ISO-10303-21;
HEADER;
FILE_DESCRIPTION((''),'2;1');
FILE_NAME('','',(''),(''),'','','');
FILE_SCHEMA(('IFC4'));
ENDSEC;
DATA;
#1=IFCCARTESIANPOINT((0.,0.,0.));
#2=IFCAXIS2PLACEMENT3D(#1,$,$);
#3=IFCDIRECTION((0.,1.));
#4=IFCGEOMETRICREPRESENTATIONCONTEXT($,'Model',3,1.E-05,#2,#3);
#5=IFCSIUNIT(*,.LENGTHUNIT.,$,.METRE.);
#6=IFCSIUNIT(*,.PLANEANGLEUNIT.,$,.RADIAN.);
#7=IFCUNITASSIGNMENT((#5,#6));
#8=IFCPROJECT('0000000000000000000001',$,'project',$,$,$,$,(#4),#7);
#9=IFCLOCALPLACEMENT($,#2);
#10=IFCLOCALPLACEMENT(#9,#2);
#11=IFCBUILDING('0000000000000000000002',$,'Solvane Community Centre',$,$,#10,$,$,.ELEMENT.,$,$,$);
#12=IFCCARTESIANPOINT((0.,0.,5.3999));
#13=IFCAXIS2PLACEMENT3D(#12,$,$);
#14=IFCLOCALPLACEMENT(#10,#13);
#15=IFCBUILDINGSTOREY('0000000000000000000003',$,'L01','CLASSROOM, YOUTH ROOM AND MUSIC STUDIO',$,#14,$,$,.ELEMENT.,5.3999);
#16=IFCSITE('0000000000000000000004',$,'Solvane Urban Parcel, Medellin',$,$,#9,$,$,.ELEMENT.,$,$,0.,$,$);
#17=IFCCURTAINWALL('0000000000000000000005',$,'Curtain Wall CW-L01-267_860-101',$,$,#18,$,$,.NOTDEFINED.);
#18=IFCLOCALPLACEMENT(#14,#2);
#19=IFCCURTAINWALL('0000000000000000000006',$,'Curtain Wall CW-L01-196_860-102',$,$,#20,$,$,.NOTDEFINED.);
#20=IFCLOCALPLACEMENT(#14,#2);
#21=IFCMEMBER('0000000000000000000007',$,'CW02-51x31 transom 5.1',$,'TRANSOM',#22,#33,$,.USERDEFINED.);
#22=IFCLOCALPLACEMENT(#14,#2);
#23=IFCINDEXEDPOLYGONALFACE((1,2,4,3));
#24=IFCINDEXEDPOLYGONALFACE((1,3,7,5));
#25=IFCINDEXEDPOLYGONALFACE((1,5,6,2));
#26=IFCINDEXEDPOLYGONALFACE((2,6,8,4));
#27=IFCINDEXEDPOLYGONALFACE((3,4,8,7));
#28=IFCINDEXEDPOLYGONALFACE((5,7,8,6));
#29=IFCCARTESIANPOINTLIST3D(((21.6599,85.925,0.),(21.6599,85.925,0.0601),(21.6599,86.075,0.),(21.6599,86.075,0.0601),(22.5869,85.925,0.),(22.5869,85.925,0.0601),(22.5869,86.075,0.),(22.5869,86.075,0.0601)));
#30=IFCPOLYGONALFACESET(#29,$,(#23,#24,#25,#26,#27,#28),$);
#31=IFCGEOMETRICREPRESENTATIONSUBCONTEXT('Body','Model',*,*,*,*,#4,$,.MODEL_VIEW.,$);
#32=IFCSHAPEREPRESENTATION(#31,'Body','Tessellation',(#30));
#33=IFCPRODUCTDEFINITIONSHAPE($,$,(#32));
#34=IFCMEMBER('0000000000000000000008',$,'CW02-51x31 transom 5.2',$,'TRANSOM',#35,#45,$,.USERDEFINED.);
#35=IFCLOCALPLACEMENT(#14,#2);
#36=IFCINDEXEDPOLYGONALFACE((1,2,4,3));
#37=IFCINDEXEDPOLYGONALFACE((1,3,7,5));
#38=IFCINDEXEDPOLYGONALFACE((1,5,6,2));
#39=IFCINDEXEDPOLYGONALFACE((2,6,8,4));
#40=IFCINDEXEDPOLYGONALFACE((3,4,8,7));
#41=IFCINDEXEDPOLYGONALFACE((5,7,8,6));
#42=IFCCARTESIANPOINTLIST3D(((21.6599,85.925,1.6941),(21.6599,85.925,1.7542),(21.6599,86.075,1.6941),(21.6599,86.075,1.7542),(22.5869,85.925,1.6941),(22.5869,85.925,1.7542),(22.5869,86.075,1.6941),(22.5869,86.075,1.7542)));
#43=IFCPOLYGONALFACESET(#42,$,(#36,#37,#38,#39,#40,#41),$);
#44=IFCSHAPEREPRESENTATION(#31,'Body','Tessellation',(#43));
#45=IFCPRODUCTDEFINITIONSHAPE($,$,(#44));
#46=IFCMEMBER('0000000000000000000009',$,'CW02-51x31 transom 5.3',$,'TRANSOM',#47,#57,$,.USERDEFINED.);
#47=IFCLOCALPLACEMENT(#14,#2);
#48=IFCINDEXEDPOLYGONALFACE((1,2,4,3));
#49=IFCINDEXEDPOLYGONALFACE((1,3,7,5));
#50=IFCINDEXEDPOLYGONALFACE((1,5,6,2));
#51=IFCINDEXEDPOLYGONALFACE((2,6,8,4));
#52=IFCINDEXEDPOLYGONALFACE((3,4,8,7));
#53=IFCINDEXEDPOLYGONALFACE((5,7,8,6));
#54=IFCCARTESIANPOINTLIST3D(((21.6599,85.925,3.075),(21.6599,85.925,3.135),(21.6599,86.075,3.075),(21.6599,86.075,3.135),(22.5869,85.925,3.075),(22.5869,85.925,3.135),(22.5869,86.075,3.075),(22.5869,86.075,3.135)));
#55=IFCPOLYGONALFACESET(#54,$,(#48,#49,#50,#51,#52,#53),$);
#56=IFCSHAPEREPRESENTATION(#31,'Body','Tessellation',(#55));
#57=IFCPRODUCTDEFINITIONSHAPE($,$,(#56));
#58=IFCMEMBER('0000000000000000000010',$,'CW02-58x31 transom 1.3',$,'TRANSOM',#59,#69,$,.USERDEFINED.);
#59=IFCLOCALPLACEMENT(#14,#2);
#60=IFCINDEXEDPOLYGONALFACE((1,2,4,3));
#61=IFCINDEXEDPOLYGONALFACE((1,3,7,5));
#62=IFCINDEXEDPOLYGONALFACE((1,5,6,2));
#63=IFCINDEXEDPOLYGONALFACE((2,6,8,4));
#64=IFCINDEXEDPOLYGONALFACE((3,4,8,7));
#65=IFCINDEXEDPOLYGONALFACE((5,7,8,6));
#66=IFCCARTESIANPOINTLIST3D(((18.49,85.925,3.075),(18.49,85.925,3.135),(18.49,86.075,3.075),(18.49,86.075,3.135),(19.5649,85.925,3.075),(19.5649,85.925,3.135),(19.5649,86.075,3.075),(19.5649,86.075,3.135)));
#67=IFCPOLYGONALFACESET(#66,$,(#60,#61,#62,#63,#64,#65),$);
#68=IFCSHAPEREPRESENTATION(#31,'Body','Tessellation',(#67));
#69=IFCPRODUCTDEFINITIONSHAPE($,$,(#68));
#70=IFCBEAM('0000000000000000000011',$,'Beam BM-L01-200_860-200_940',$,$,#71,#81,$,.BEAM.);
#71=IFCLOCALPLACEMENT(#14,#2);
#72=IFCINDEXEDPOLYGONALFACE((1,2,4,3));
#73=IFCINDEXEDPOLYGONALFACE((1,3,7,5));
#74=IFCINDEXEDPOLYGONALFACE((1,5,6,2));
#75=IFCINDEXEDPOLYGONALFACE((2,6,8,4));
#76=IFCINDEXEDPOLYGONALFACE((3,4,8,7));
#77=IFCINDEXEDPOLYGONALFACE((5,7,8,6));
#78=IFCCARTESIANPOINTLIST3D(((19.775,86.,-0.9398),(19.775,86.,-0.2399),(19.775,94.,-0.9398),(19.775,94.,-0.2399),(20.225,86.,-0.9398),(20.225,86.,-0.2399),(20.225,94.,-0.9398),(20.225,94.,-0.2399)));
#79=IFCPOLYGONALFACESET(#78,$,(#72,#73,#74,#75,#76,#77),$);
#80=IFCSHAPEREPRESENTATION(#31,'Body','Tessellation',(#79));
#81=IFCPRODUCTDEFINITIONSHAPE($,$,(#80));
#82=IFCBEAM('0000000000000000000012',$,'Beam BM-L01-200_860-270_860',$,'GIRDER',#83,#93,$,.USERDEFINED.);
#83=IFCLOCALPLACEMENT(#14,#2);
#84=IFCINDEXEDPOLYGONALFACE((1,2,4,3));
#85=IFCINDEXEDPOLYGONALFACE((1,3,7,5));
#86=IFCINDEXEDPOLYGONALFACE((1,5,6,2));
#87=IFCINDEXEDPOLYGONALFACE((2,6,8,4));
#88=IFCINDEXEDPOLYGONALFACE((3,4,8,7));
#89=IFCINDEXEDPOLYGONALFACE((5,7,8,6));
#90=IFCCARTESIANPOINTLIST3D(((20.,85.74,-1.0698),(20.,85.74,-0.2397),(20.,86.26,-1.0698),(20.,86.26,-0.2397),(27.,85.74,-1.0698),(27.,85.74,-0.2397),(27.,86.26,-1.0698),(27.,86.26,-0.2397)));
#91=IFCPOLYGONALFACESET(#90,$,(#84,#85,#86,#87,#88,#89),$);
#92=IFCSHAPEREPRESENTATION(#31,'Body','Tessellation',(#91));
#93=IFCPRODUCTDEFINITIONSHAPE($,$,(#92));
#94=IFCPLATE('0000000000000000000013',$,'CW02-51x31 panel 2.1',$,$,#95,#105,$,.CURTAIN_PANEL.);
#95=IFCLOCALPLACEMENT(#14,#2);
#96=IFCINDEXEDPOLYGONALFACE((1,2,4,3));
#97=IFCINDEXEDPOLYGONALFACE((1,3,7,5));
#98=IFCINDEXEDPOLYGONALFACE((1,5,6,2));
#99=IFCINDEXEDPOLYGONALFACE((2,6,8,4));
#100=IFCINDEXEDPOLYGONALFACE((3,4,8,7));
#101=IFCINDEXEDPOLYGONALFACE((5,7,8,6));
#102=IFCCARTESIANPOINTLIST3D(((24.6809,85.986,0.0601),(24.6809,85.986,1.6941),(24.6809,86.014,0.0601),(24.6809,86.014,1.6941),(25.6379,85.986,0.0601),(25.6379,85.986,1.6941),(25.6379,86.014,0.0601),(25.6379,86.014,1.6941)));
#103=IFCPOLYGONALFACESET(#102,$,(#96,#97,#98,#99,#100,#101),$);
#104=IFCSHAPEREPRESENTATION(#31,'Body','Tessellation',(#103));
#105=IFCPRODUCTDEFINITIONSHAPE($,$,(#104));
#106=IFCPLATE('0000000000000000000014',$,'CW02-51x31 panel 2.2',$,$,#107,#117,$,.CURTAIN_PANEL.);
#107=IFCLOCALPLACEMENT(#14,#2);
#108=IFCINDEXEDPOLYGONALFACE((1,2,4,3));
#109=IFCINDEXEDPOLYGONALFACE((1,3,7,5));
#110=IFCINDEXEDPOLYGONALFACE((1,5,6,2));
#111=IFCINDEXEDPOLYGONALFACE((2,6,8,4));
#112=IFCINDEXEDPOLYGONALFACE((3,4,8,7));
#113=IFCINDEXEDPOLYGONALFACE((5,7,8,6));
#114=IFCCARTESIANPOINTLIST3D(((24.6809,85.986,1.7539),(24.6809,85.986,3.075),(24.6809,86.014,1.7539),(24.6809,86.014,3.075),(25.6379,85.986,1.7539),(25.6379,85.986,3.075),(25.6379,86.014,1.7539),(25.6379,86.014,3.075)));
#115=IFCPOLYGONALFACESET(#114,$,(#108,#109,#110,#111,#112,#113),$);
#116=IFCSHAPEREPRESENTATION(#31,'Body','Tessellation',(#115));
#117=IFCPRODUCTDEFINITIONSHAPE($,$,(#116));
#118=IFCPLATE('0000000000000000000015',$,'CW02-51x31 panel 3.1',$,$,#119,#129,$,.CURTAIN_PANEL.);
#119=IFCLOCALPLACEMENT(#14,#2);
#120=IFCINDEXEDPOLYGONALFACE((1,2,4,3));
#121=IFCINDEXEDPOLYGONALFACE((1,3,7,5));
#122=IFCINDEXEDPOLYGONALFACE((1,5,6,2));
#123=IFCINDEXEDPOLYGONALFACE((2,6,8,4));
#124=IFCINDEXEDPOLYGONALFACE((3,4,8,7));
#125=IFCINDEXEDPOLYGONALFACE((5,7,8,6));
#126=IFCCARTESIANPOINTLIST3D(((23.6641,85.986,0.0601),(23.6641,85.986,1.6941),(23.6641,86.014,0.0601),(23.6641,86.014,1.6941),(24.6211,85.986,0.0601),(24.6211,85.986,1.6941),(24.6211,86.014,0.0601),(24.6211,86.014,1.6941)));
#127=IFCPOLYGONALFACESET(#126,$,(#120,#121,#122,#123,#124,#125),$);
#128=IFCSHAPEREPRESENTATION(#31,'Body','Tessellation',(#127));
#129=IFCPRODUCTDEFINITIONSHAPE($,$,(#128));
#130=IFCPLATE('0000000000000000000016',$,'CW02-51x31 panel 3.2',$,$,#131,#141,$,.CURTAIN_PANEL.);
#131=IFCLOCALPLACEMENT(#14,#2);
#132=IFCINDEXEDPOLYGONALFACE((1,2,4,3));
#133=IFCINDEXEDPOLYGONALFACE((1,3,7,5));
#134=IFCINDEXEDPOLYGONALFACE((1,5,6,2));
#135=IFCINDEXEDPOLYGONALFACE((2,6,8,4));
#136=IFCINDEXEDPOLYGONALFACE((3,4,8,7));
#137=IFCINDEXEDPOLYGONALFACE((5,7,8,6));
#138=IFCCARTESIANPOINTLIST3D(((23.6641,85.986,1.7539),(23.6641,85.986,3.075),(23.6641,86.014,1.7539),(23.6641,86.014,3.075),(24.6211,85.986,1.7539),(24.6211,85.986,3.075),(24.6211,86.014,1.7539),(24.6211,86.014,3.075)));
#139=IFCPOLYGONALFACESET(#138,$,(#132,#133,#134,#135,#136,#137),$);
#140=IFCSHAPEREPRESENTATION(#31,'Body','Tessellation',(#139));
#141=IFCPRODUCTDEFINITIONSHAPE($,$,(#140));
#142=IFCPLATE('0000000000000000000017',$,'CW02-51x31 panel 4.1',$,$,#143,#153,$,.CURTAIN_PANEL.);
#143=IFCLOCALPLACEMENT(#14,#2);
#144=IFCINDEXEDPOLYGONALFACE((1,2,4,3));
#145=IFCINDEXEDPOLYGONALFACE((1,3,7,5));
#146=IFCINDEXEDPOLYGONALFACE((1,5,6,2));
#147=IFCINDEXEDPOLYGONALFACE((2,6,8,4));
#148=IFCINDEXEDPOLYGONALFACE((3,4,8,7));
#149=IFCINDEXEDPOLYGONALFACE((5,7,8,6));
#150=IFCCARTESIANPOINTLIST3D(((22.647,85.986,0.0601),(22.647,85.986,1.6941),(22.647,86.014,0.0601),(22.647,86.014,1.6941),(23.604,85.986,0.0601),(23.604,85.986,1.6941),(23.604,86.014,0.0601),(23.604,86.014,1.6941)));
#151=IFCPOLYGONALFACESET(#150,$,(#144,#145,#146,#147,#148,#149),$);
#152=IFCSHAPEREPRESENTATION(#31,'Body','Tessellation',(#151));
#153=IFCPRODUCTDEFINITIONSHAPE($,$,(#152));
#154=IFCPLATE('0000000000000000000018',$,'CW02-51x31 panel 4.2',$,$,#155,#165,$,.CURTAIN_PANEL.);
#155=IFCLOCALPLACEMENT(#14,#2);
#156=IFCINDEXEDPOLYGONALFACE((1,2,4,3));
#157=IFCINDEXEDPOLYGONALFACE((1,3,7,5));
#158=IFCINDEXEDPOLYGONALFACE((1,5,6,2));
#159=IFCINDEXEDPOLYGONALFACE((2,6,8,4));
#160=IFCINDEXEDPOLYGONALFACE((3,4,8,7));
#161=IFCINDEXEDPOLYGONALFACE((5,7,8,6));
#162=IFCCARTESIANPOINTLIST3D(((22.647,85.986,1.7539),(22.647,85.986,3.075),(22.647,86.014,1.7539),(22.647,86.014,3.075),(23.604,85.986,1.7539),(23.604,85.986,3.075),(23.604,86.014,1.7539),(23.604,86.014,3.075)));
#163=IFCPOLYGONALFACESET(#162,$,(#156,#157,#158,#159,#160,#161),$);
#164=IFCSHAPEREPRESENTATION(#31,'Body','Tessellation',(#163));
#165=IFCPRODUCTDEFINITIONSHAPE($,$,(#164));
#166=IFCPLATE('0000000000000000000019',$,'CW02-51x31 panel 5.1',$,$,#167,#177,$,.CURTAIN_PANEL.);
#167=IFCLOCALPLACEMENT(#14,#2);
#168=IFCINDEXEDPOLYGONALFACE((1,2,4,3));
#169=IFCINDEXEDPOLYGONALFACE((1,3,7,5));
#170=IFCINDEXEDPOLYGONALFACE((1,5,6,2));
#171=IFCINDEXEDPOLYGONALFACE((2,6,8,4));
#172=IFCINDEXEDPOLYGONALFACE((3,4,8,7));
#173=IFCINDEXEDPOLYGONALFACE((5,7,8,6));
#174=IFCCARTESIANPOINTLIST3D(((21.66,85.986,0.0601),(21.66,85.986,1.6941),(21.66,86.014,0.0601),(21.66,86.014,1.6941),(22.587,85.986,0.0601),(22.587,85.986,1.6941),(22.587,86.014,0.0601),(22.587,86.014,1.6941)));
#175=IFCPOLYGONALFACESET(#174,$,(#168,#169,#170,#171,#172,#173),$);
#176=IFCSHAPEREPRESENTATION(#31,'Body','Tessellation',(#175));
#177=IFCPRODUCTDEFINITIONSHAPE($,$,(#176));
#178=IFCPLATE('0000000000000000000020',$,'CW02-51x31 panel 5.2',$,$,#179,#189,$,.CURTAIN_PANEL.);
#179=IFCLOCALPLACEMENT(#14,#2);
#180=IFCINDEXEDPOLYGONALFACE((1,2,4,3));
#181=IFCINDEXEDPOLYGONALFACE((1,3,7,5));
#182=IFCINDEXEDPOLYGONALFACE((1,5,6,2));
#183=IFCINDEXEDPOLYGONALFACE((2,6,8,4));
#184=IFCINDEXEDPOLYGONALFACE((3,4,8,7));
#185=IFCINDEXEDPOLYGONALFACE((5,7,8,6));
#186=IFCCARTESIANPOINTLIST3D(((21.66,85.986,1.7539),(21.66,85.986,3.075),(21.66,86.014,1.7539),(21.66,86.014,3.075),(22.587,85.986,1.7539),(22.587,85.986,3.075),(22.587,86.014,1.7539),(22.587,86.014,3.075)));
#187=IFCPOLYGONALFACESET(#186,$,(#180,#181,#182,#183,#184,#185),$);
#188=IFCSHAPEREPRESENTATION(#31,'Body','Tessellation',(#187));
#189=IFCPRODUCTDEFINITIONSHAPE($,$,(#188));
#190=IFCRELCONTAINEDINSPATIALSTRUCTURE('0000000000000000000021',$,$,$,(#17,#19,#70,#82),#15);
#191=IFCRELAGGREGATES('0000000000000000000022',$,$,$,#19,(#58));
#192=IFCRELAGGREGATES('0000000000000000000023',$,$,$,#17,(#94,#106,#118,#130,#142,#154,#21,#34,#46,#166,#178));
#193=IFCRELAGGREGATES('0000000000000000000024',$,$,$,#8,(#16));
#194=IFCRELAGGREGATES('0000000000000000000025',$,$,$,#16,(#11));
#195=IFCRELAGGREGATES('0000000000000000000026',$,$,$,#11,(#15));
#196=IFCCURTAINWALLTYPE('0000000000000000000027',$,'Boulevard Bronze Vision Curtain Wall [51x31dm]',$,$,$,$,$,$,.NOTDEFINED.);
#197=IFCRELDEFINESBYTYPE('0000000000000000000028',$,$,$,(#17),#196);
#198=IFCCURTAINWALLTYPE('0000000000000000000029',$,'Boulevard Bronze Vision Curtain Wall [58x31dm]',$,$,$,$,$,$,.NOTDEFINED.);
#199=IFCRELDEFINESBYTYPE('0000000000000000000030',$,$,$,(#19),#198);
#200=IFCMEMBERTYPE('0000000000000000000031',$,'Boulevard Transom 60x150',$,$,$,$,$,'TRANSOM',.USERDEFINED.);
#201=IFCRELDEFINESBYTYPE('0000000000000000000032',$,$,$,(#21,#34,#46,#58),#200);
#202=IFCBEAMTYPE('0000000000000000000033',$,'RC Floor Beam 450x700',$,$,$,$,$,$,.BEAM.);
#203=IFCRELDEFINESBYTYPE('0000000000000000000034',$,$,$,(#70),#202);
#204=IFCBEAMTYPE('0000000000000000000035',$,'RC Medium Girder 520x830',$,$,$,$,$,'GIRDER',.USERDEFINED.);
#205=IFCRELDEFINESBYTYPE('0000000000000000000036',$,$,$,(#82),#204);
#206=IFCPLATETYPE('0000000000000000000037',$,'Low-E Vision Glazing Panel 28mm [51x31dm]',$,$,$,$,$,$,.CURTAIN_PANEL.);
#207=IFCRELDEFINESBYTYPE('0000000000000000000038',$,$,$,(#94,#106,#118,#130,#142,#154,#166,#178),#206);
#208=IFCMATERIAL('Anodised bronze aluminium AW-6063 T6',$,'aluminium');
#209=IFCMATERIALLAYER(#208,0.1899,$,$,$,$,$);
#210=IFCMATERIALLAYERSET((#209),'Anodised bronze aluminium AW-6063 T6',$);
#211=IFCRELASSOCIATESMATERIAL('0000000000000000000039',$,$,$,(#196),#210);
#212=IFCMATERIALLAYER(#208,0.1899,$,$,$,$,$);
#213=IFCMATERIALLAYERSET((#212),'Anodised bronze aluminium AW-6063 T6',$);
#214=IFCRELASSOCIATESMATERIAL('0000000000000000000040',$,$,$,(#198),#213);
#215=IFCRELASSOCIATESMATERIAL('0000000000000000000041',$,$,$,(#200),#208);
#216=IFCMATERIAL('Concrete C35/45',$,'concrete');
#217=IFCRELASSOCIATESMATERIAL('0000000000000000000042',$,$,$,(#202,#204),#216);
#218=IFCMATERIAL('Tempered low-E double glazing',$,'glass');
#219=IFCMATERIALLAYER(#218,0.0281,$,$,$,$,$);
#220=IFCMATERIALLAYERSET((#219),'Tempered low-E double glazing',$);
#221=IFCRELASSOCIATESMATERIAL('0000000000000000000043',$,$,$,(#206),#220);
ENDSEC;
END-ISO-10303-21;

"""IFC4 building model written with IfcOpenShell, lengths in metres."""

from ifc_helpers import new_model, si_unit, direction, frame, origin, origin_2d, place, context, subcontext, project, spatial, rectangle, extrude, material, layer, layer_set, material_profile, profile_set, type_object, element, aggregate, save


model = new_model("IFC4")

# Units and contexts
model_context = context("Model", 3, precision=1e-05, world=origin(), true_north=direction((0.0, 1.0)))
body_context = subcontext(model_context, "Body", "Model", "MODEL_VIEW")
ifc_project = project(units=[si_unit("LENGTHUNIT", "METRE"), si_unit("PLANEANGLEUNIT", "RADIAN")], contexts=[model_context])

# Site, building, storey
site_placement = place(None, origin())
site = spatial("IfcSite", under=ifc_project, at=site_placement, Name="Solvane Urban Parcel, Medellin", CompositionType="ELEMENT", RefElevation=0.0)
building_placement = place(site_placement, origin())
building = spatial("IfcBuilding", under=site, at=building_placement, Name="Solvane Community Centre", CompositionType="ELEMENT")
storey_placement = place(building_placement, frame((0.0, 0.0, 5.3999)))
storey = spatial("IfcBuildingStorey", under=building, at=storey_placement, Name="L01", Description="CLASSROOM, YOUTH ROOM AND MUSIC STUDIO", CompositionType="ELEMENT", Elevation=5.3999)

# Shared definitions
ifc_material_1 = material(Name="Concrete C35/45", Category="concrete")

# Curtain wall
ifc_material_2 = material(Name="Anodised bronze aluminium AW-6063 T6", Category="aluminium")
ifc_layer_1 = layer(ifc_material_2, 0.1899)
ifc_layer_set_1 = layer_set([ifc_layer_1], Name="Anodised bronze aluminium AW-6063 T6")
curtain_wall_type_1 = type_object("IfcCurtainWallType", Name="Boulevard Bronze Vision Curtain Wall [51x31dm]", PredefinedType="NOTDEFINED", material=ifc_layer_set_1)
curtain_wall_1_placement = place(storey_placement, origin())
curtain_wall_1 = element("IfcCurtainWall", 1, at=curtain_wall_1_placement, inside=storey, type_object=curtain_wall_type_1, Name="Curtain Wall CW-L01-267_860-101", PredefinedType="NOTDEFINED")

# Curtain wall
ifc_layer_2 = layer(ifc_material_2, 0.1899)
ifc_layer_set_2 = layer_set([ifc_layer_2], Name="Anodised bronze aluminium AW-6063 T6")
curtain_wall_type_2 = type_object("IfcCurtainWallType", Name="Boulevard Bronze Vision Curtain Wall [58x31dm]", PredefinedType="NOTDEFINED", material=ifc_layer_set_2)
curtain_wall_2_placement = place(storey_placement, origin())
curtain_wall_2 = element("IfcCurtainWall", 2, at=curtain_wall_2_placement, inside=storey, type_object=curtain_wall_type_2, Name="Curtain Wall CW-L01-196_860-102", PredefinedType="NOTDEFINED")

# Members
ifc_material_profile_1 = material_profile(ifc_material_2, rectangle(XDim=0.1499, YDim=0.0601, at=origin_2d()), Name="CW-T 60x150")
ifc_profile_set_1 = profile_set([ifc_material_profile_1], Name="Anodised bronze aluminium AW-6063 T6")
member_type_1 = type_object("IfcMemberType", Name="Boulevard Transom 60x150", ElementType="TRANSOM", PredefinedType="USERDEFINED", material=ifc_profile_set_1)
member_1_placement = place(storey_placement, frame((22.5869, 86.0, 0.03), z_axis=(-1.0, 0.0, 0.0), x_axis=(0.0, -1.0, 0.0)))
member_1 = element("IfcMember", 3, at=member_1_placement, type_object=member_type_1, Name="CW02-51x31 transom 5.1", ObjectType="TRANSOM", PredefinedType="USERDEFINED", context=body_context, shape_type="SweptSolid", body=[
    extrude(rectangle(XDim=0.1499, YDim=0.0601, at=origin_2d()), origin(), (0.0, 0.0, 1.0), 0.927),
])
member_2_placement = place(storey_placement, frame((22.5869, 86.0, 1.7241), z_axis=(-1.0, 0.0, 0.0), x_axis=(0.0, -1.0, 0.0)))
member_2 = element("IfcMember", 4, at=member_2_placement, type_object=member_type_1, Name="CW02-51x31 transom 5.2", ObjectType="TRANSOM", PredefinedType="USERDEFINED", context=body_context, shape_type="SweptSolid", body=[
    extrude(rectangle(XDim=0.1499, YDim=0.0601, at=origin_2d()), origin(), (0.0, 0.0, 1.0), 0.927),
])
member_3_placement = place(storey_placement, frame((22.5869, 86.0, 3.105), z_axis=(-1.0, 0.0, 0.0), x_axis=(0.0, -1.0, 0.0)))
member_3 = element("IfcMember", 5, at=member_3_placement, type_object=member_type_1, Name="CW02-51x31 transom 5.3", ObjectType="TRANSOM", PredefinedType="USERDEFINED", context=body_context, shape_type="SweptSolid", body=[
    extrude(rectangle(XDim=0.1499, YDim=0.0601, at=origin_2d()), origin(), (0.0, 0.0, 1.0), 0.927),
])
member_4_placement = place(storey_placement, frame((19.5649, 86.0, 3.105), z_axis=(-1.0, 0.0, 0.0), x_axis=(0.0, -1.0, 0.0)))
member_4 = element("IfcMember", 6, at=member_4_placement, type_object=member_type_1, Name="CW02-58x31 transom 1.3", ObjectType="TRANSOM", PredefinedType="USERDEFINED", context=body_context, shape_type="SweptSolid", body=[
    extrude(rectangle(XDim=0.1499, YDim=0.0601, at=origin_2d()), origin(), (0.0, 0.0, 1.0), 1.075),
])
aggregate(curtain_wall_2, [member_4])

# Beams
ifc_material_profile_2 = material_profile(ifc_material_1, rectangle(XDim=0.45, YDim=0.7, at=origin_2d()), Name="RC 450x700")
ifc_profile_set_2 = profile_set([ifc_material_profile_2], Name="Concrete C35/45")
beam_type_1 = type_object("IfcBeamType", Name="RC Floor Beam 450x700", PredefinedType="BEAM", material=ifc_profile_set_2)
beam_1_placement = place(storey_placement, frame((20.0, 86.0, -0.5898), z_axis=(0.0, 1.0, 0.0), x_axis=(-1.0, 0.0, 0.0)))
element("IfcBeam", 7, at=beam_1_placement, inside=storey, type_object=beam_type_1, Name="Beam BM-L01-200_860-200_940", PredefinedType="BEAM", context=body_context, shape_type="SweptSolid", body=[
    extrude(rectangle(XDim=0.45, YDim=0.7, at=origin_2d()), origin(), (0.0, 0.0, 1.0), 8.0),
])
ifc_material_profile_3 = material_profile(ifc_material_1, rectangle(XDim=0.52, YDim=0.8301, at=origin_2d()), Name="RC 520x830")
ifc_profile_set_3 = profile_set([ifc_material_profile_3], Name="Concrete C35/45")
beam_type_2 = type_object("IfcBeamType", Name="RC Medium Girder 520x830", ElementType="GIRDER", PredefinedType="USERDEFINED", material=ifc_profile_set_3)
beam_2_placement = place(storey_placement, frame((20.0, 86.0, -0.6548), z_axis=(1.0, 0.0, 0.0), x_axis=(0.0, 1.0, 0.0)))
element("IfcBeam", 8, at=beam_2_placement, inside=storey, type_object=beam_type_2, Name="Beam BM-L01-200_860-270_860", ObjectType="GIRDER", PredefinedType="USERDEFINED", context=body_context, shape_type="SweptSolid", body=[
    extrude(rectangle(XDim=0.52, YDim=0.8301, at=origin_2d()), origin(), (0.0, 0.0, 1.0), 7.0),
])

# Plates
ifc_material_3 = material(Name="Tempered low-E double glazing", Category="glass")
ifc_layer_3 = layer(ifc_material_3, 0.0281)
ifc_layer_set_3 = layer_set([ifc_layer_3], Name="Tempered low-E double glazing")
plate_type = type_object("IfcPlateType", Name="Low-E Vision Glazing Panel 28mm [51x31dm]", PredefinedType="CURTAIN_PANEL", material=ifc_layer_set_3)
plate_1_placement = place(storey_placement, frame((25.1594, 86.0, 0.0601), z_axis=(0.0, 0.0, 1.0), x_axis=(-1.0, 0.0, 0.0)))
plate_1 = element("IfcPlate", 9, at=plate_1_placement, type_object=plate_type, Name="CW02-51x31 panel 2.1", PredefinedType="CURTAIN_PANEL", context=body_context, shape_type="SweptSolid", body=[
    extrude(rectangle(XDim=0.957, YDim=0.0281, at=origin_2d()), origin(), (0.0, 0.0, 1.0), 1.634),
])
plate_2_placement = place(storey_placement, frame((25.1594, 86.0, 1.7539), z_axis=(0.0, 0.0, 1.0), x_axis=(-1.0, 0.0, 0.0)))
plate_2 = element("IfcPlate", 10, at=plate_2_placement, type_object=plate_type, Name="CW02-51x31 panel 2.2", PredefinedType="CURTAIN_PANEL", context=body_context, shape_type="SweptSolid", body=[
    extrude(rectangle(XDim=0.957, YDim=0.0281, at=origin_2d()), origin(), (0.0, 0.0, 1.0), 1.321),
])
plate_3_placement = place(storey_placement, frame((24.1426, 86.0, 0.0601), z_axis=(0.0, 0.0, 1.0), x_axis=(-1.0, 0.0, 0.0)))
plate_3 = element("IfcPlate", 11, at=plate_3_placement, type_object=plate_type, Name="CW02-51x31 panel 3.1", PredefinedType="CURTAIN_PANEL", context=body_context, shape_type="SweptSolid", body=[
    extrude(rectangle(XDim=0.957, YDim=0.0281, at=origin_2d()), origin(), (0.0, 0.0, 1.0), 1.634),
])
plate_4_placement = place(storey_placement, frame((24.1426, 86.0, 1.7539), z_axis=(0.0, 0.0, 1.0), x_axis=(-1.0, 0.0, 0.0)))
plate_4 = element("IfcPlate", 12, at=plate_4_placement, type_object=plate_type, Name="CW02-51x31 panel 3.2", PredefinedType="CURTAIN_PANEL", context=body_context, shape_type="SweptSolid", body=[
    extrude(rectangle(XDim=0.957, YDim=0.0281, at=origin_2d()), origin(), (0.0, 0.0, 1.0), 1.321),
])
plate_5_placement = place(storey_placement, frame((23.1255, 86.0, 0.0601), z_axis=(0.0, 0.0, 1.0), x_axis=(-1.0, 0.0, 0.0)))
plate_5 = element("IfcPlate", 13, at=plate_5_placement, type_object=plate_type, Name="CW02-51x31 panel 4.1", PredefinedType="CURTAIN_PANEL", context=body_context, shape_type="SweptSolid", body=[
    extrude(rectangle(XDim=0.957, YDim=0.0281, at=origin_2d()), origin(), (0.0, 0.0, 1.0), 1.634),
])
plate_6_placement = place(storey_placement, frame((23.1255, 86.0, 1.7539), z_axis=(0.0, 0.0, 1.0), x_axis=(-1.0, 0.0, 0.0)))
plate_6 = element("IfcPlate", 14, at=plate_6_placement, type_object=plate_type, Name="CW02-51x31 panel 4.2", PredefinedType="CURTAIN_PANEL", context=body_context, shape_type="SweptSolid", body=[
    extrude(rectangle(XDim=0.957, YDim=0.0281, at=origin_2d()), origin(), (0.0, 0.0, 1.0), 1.321),
])
plate_7_placement = place(storey_placement, frame((22.1235, 86.0, 0.0601), z_axis=(0.0, 0.0, 1.0), x_axis=(-1.0, 0.0, 0.0)))
plate_7 = element("IfcPlate", 15, at=plate_7_placement, type_object=plate_type, Name="CW02-51x31 panel 5.1", PredefinedType="CURTAIN_PANEL", context=body_context, shape_type="SweptSolid", body=[
    extrude(rectangle(XDim=0.927, YDim=0.0281, at=origin_2d()), origin(), (0.0, 0.0, 1.0), 1.634),
])
plate_8_placement = place(storey_placement, frame((22.1235, 86.0, 1.7539), z_axis=(0.0, 0.0, 1.0), x_axis=(-1.0, 0.0, 0.0)))
plate_8 = element("IfcPlate", 16, at=plate_8_placement, type_object=plate_type, Name="CW02-51x31 panel 5.2", PredefinedType="CURTAIN_PANEL", context=body_context, shape_type="SweptSolid", body=[
    extrude(rectangle(XDim=0.927, YDim=0.0281, at=origin_2d()), origin(), (0.0, 0.0, 1.0), 1.321),
])
aggregate(curtain_wall_1, [plate_1, plate_2, plate_3, plate_4, plate_5, plate_6, member_1, member_2, member_3, plate_7, plate_8])

save(model, "model.ifc")
